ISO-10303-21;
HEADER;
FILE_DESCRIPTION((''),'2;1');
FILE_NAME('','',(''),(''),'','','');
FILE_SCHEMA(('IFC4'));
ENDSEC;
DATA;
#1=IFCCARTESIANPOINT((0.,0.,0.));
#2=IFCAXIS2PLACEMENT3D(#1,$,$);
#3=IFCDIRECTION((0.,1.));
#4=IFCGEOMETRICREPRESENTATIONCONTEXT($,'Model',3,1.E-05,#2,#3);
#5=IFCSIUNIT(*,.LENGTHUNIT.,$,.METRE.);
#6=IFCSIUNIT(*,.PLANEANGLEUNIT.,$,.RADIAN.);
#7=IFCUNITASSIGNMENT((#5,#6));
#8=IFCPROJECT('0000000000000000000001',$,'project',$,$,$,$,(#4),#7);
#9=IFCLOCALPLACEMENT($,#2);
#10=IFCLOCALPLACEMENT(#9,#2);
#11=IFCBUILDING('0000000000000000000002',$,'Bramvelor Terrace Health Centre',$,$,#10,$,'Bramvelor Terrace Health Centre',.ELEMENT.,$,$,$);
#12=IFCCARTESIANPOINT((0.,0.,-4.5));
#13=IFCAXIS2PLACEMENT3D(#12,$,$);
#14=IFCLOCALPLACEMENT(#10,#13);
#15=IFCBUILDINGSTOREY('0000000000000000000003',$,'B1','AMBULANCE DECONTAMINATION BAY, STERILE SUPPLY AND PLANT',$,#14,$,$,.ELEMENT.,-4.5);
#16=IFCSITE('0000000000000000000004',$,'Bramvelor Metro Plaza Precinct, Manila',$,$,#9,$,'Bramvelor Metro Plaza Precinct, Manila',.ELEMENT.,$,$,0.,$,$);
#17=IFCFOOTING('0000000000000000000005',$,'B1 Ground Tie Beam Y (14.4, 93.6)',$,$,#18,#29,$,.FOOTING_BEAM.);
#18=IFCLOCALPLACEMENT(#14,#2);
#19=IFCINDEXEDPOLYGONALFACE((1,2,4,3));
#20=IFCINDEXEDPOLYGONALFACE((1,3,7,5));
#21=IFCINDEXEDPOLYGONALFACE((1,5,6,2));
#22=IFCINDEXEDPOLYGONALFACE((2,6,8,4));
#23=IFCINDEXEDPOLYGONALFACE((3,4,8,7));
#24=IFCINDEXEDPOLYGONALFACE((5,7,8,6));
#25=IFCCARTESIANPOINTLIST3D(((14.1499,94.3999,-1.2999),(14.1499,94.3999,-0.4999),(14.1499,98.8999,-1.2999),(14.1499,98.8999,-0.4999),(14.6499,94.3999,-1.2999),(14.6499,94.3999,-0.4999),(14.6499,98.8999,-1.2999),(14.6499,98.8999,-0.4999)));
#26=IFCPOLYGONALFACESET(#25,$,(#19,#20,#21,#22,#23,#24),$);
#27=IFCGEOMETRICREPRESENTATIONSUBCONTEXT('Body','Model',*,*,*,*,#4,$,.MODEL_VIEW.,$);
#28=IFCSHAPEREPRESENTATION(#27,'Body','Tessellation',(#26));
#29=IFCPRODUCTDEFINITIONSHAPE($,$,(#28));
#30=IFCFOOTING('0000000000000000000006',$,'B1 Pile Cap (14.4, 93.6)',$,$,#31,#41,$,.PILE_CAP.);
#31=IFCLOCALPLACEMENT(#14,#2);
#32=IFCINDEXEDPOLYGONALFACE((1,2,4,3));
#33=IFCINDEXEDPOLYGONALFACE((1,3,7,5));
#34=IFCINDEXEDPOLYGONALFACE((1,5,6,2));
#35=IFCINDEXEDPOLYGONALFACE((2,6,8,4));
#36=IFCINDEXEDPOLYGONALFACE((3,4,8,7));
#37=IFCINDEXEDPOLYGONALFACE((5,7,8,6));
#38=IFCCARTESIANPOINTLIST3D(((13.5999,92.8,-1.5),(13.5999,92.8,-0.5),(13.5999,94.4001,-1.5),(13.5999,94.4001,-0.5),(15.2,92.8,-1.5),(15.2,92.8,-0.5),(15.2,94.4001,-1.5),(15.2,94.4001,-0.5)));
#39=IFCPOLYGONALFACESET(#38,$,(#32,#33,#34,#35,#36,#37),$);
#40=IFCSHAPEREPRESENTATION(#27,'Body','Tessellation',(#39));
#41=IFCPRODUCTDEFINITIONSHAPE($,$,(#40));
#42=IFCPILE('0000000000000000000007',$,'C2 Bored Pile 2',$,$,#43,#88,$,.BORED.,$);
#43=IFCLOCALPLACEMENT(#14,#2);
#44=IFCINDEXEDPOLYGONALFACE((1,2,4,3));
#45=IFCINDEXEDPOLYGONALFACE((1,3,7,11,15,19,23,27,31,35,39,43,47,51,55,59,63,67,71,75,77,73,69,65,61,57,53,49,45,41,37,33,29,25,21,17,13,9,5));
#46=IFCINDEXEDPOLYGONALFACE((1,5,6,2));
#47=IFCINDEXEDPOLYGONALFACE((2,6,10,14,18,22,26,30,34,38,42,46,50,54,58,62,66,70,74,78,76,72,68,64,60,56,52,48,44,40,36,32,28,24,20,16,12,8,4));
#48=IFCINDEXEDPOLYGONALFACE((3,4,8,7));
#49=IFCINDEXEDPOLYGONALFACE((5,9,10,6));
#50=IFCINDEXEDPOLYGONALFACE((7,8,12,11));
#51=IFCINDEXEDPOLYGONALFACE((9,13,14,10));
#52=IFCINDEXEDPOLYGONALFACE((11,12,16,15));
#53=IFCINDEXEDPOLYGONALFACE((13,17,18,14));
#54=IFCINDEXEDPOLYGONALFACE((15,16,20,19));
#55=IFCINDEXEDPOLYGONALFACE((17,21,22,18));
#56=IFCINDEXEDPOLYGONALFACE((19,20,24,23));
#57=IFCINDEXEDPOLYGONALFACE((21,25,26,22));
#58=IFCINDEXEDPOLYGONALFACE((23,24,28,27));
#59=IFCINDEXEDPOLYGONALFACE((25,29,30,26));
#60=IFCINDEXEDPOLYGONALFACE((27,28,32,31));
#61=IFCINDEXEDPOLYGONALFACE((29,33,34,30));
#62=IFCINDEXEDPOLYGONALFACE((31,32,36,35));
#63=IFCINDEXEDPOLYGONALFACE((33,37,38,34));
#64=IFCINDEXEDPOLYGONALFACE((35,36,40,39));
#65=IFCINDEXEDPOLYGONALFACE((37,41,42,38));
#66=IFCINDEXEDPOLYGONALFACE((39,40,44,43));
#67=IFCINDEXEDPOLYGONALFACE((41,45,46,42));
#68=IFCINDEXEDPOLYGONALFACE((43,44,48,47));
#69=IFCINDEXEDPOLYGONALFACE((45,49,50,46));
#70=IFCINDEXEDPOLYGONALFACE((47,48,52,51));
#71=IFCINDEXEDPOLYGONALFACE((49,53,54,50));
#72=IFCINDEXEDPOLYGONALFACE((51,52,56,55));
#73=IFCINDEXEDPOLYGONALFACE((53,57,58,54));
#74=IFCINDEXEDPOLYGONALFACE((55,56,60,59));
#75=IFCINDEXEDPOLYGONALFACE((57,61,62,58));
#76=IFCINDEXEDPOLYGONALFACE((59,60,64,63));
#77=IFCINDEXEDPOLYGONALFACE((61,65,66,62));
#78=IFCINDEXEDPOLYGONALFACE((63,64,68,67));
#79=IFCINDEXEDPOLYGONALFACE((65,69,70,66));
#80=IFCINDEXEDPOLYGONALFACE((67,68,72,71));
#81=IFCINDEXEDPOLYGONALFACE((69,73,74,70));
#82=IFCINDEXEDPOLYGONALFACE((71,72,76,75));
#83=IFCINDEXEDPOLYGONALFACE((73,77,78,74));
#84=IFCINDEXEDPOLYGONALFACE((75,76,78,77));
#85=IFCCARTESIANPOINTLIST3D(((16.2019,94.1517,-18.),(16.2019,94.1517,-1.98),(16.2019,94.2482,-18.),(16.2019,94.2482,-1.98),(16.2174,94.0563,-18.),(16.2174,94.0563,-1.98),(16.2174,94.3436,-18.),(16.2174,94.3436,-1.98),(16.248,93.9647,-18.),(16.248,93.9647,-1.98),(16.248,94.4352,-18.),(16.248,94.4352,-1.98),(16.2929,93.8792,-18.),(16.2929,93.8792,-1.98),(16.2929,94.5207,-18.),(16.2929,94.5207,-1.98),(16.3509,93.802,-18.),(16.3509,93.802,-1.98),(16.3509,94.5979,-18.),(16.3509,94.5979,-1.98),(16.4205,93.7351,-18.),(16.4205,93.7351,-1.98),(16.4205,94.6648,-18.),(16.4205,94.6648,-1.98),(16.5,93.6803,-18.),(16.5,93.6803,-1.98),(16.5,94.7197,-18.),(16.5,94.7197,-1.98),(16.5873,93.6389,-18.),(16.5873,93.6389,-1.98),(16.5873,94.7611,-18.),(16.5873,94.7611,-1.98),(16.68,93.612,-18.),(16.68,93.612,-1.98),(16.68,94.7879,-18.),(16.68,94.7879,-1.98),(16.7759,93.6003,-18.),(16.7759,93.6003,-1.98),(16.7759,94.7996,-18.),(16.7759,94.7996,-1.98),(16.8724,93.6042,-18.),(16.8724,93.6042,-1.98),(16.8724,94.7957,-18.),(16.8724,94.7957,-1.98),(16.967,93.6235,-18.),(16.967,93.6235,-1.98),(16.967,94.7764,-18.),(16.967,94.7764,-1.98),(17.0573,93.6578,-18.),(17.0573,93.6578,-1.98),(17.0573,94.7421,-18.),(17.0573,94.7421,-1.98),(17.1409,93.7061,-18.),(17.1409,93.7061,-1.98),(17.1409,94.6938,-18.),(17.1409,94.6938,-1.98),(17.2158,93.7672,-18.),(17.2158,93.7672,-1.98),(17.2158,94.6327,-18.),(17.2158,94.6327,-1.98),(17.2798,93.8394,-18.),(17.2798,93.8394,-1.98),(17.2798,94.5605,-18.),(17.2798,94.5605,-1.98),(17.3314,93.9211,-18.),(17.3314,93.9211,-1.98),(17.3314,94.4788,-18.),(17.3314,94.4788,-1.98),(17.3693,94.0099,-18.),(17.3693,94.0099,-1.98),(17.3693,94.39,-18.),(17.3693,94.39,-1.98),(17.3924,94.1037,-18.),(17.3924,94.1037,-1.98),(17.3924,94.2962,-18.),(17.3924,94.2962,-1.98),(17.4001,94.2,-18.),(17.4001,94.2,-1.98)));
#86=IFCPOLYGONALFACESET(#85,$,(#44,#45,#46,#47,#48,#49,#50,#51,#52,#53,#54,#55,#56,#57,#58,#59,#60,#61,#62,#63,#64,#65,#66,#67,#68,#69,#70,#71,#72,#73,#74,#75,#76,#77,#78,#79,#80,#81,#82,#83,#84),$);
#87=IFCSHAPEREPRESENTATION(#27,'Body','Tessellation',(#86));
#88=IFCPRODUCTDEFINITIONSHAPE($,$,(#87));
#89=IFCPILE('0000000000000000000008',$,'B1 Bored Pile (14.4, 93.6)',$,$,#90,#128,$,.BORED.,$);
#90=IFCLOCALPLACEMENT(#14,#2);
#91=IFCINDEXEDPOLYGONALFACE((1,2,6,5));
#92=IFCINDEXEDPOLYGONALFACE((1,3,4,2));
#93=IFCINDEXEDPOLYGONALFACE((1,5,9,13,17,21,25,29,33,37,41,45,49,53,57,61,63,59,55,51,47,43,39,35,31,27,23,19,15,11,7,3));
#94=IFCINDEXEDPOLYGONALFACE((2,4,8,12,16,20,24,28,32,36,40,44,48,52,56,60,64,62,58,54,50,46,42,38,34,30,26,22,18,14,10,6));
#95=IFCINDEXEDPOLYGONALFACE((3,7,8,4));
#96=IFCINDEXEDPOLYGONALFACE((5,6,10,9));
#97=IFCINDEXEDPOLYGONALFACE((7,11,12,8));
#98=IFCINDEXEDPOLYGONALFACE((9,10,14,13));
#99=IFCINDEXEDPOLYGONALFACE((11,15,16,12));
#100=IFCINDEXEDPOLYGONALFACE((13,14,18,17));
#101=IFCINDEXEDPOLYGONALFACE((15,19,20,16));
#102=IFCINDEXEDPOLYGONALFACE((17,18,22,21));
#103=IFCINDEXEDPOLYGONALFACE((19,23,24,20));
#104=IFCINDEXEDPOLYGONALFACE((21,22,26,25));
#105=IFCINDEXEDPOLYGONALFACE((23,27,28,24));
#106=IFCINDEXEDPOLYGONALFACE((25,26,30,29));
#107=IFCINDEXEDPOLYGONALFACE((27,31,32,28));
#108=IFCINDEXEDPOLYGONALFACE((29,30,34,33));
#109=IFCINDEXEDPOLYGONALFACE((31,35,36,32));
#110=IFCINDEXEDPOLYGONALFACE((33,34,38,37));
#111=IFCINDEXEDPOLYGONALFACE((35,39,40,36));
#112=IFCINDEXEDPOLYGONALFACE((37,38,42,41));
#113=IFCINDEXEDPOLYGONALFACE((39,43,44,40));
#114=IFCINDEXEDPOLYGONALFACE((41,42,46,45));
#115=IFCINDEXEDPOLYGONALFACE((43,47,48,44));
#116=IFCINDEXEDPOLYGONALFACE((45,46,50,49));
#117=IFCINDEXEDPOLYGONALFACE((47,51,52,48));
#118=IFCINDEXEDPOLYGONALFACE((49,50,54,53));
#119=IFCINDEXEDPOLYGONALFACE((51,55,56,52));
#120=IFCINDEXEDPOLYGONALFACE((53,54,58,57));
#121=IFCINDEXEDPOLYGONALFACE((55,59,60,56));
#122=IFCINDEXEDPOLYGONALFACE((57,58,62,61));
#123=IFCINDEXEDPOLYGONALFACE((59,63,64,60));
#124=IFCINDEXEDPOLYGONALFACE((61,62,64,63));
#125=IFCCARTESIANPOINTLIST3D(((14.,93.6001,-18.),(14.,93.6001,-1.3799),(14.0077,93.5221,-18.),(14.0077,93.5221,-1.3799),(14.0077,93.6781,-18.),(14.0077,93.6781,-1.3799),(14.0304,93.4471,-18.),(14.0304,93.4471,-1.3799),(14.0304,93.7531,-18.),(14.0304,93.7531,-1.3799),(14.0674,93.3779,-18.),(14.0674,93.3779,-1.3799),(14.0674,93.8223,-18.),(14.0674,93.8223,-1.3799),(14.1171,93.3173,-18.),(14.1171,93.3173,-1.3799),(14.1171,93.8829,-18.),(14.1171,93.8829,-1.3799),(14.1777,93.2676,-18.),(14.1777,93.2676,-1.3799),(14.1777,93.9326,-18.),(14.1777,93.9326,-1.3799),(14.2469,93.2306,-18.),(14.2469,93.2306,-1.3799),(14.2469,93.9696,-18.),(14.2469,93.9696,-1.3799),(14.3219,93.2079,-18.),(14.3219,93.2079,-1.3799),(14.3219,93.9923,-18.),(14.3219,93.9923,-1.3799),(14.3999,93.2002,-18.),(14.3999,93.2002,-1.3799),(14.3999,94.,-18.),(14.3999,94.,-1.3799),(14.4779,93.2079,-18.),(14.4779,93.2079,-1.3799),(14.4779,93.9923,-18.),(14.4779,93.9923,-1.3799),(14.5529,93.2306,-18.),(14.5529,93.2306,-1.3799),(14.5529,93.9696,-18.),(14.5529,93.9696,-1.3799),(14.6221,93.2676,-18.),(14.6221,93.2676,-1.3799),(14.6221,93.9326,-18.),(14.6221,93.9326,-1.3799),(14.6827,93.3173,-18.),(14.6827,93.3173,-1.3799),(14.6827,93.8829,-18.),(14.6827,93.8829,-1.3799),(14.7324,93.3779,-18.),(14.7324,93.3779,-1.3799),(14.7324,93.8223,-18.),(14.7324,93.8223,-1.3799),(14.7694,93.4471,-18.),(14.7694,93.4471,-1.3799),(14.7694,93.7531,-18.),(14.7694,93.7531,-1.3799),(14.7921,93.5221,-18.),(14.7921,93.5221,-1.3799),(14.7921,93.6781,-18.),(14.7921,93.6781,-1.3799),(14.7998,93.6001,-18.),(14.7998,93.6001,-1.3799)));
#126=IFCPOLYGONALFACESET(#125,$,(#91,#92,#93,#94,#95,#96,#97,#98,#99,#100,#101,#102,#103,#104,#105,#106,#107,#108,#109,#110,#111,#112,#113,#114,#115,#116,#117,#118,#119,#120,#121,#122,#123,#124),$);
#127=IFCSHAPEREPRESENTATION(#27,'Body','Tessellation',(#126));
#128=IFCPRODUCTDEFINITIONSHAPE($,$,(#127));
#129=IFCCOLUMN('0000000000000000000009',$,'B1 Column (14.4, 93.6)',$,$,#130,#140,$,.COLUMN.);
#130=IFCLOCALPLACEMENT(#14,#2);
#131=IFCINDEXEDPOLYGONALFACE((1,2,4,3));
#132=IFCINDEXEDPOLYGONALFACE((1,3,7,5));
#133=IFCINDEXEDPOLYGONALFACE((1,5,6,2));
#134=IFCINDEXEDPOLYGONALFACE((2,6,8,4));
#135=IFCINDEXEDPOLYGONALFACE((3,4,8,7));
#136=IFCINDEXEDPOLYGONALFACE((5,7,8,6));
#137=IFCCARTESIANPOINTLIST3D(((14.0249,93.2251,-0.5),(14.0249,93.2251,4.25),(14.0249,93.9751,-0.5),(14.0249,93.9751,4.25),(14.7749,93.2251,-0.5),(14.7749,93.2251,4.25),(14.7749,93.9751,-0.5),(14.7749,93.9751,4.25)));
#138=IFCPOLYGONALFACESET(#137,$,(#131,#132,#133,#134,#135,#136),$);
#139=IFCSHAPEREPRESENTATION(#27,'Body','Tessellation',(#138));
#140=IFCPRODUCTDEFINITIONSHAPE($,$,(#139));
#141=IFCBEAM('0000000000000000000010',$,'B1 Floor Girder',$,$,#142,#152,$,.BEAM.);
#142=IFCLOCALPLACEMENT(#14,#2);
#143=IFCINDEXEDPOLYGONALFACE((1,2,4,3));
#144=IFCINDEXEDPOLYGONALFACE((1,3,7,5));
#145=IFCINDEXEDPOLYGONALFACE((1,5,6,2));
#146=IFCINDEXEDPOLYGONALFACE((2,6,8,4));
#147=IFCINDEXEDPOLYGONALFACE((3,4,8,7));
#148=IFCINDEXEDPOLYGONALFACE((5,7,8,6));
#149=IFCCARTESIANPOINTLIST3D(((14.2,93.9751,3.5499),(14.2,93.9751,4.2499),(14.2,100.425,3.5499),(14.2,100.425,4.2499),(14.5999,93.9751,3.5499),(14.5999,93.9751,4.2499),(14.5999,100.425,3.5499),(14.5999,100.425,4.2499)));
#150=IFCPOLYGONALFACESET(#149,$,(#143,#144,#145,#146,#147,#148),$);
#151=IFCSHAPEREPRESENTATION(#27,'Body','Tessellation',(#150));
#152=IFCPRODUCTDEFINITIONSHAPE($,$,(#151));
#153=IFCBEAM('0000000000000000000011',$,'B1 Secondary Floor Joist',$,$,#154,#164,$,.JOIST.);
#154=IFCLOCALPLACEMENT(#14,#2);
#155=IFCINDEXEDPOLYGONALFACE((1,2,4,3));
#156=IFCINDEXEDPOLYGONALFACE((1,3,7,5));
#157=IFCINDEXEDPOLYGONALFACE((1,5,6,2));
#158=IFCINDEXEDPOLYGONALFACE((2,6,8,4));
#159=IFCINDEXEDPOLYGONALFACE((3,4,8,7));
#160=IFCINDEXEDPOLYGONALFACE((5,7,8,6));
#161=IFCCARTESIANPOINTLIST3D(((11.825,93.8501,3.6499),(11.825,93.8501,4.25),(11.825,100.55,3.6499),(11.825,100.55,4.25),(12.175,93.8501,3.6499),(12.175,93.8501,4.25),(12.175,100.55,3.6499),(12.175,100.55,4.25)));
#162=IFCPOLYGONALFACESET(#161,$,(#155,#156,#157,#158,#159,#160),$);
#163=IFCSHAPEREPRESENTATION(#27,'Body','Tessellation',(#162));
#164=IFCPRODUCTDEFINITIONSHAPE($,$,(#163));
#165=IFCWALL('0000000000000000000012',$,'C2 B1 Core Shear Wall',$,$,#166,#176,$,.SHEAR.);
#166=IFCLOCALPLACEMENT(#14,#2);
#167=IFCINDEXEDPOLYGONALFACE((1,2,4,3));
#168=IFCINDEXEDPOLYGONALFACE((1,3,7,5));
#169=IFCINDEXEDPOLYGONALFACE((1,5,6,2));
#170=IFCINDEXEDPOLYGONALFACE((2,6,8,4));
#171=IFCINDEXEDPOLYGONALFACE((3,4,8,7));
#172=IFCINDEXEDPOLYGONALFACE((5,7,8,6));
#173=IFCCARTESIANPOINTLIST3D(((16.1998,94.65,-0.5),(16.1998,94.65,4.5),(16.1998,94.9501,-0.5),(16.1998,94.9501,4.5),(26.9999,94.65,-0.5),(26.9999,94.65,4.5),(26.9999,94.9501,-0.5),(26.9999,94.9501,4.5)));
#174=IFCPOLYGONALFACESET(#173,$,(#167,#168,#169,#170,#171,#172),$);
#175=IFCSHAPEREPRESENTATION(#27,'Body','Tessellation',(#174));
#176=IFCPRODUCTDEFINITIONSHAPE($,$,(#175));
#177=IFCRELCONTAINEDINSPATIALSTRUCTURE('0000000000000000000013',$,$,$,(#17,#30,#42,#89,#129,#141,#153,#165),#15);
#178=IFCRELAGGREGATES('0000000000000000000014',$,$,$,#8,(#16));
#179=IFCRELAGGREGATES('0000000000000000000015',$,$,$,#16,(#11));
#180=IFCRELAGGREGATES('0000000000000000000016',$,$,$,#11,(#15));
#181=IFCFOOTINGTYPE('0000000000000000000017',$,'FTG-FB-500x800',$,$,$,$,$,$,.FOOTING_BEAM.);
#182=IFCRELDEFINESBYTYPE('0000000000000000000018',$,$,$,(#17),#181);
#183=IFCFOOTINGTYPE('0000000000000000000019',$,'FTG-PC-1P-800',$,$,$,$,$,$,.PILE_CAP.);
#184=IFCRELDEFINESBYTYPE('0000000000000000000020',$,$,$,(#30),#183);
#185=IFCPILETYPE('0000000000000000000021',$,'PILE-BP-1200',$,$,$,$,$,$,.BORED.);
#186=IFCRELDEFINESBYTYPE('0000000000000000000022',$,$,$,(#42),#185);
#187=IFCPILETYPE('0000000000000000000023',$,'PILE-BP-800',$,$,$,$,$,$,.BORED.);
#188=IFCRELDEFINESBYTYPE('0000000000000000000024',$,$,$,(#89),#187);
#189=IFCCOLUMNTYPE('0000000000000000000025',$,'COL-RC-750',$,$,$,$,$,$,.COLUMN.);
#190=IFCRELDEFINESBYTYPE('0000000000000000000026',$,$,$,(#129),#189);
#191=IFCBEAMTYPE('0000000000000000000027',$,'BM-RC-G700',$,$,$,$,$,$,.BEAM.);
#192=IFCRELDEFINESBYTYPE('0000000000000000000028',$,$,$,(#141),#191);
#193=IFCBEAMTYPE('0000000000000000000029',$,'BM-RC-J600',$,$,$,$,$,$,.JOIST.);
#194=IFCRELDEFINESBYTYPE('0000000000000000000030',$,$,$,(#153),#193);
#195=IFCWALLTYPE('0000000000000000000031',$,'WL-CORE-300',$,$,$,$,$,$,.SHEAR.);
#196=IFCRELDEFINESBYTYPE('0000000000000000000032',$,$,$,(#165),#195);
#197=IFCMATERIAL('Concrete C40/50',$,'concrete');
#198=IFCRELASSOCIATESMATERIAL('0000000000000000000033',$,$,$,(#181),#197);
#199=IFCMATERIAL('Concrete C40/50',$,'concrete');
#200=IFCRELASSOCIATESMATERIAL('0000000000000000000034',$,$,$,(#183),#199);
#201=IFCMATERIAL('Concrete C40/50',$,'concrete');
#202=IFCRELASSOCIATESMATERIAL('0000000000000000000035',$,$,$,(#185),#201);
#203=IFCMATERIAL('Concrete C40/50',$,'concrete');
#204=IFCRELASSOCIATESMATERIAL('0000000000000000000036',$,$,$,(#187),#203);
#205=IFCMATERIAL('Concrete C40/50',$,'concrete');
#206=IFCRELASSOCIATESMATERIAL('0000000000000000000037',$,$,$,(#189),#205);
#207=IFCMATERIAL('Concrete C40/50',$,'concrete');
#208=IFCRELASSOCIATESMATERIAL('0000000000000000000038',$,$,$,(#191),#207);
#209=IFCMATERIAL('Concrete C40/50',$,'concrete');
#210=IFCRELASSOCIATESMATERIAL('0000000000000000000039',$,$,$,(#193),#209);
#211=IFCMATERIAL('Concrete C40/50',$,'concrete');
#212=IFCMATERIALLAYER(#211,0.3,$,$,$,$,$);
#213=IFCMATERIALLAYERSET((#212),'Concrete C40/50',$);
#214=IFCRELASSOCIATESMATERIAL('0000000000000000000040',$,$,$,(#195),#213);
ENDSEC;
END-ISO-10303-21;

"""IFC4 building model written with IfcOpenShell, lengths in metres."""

from ifc_helpers import new_model, si_unit, direction, frame, frame_2d, origin, origin_2d, place, context, subcontext, project, spatial, rectangle, circle, extrude, material, layer, layer_set, material_profile, profile_set, type_object, element, save


model = new_model("IFC4")

# Units and contexts
model_context = context("Model", 3, precision=1e-05, world=origin(), true_north=direction((0.0, 1.0)))
body_context = subcontext(model_context, "Body", "Model", "MODEL_VIEW")
ifc_project = project(units=[si_unit("LENGTHUNIT", "METRE"), si_unit("PLANEANGLEUNIT", "RADIAN")], contexts=[model_context])

# Site, building, storey
site_placement = place(None, origin())
site = spatial("IfcSite", under=ifc_project, at=site_placement, Name="Bramvelor Metro Plaza Precinct, Manila", LongName="Bramvelor Metro Plaza Precinct, Manila", CompositionType="ELEMENT", RefElevation=0.0)
building_placement = place(site_placement, origin())
building = spatial("IfcBuilding", under=site, at=building_placement, Name="Bramvelor Terrace Health Centre", LongName="Bramvelor Terrace Health Centre", CompositionType="ELEMENT")
storey_placement = place(building_placement, frame((0.0, 0.0, -4.5)))
storey = spatial("IfcBuildingStorey", under=building, at=storey_placement, Name="B1", Description="AMBULANCE DECONTAMINATION BAY, STERILE SUPPLY AND PLANT", CompositionType="ELEMENT", Elevation=-4.5)

# Footings
ifc_material_1 = material(Name="Concrete C40/50", Category="concrete")
ifc_material_profile_1 = material_profile(ifc_material_1, rectangle(XDim=0.5, YDim=0.8, at=origin_2d()), Name="RC 500x800")
ifc_profile_set_1 = profile_set([ifc_material_profile_1], Name="Concrete C40/50")
footing_type_1 = type_object("IfcFootingType", Name="FTG-FB-500x800", PredefinedType="FOOTING_BEAM", material=ifc_profile_set_1)
footing_1_placement = place(storey_placement, frame((14.3999, 94.3999, -0.8999), z_axis=(0.0, 1.0, 0.0), x_axis=(-1.0, 0.0, 0.0)))
element("IfcFooting", 1, at=footing_1_placement, inside=storey, type_object=footing_type_1, Name="B1 Ground Tie Beam Y (14.4, 93.6)", PredefinedType="FOOTING_BEAM", context=body_context, shape_type="SweptSolid", body=[
    extrude(rectangle(XDim=0.5, YDim=0.8, at=origin_2d()), origin(), (0.0, 0.0, 1.0), 4.5),
])
ifc_material_2 = material(Name="Concrete C40/50", Category="concrete")
footing_type_2 = type_object("IfcFootingType", Name="FTG-PC-1P-800", PredefinedType="PILE_CAP", material=ifc_material_2)
footing_2_placement = place(storey_placement, frame((14.3999, 93.6001, -1.5), z_axis=(0.0, 0.0, 1.0), x_axis=(1.0, 0.0, 0.0)))
element("IfcFooting", 2, at=footing_2_placement, inside=storey, type_object=footing_type_2, Name="B1 Pile Cap (14.4, 93.6)", PredefinedType="PILE_CAP", context=body_context, shape_type="SweptSolid", body=[
    extrude(rectangle(XDim=1.6001, YDim=1.6001, at=origin_2d()), origin(), (0.0, 0.0, 1.0), 1.0),
])

# Piles
ifc_material_3 = material(Name="Concrete C40/50", Category="concrete")
ifc_material_profile_2 = material_profile(ifc_material_3, circle(Radius=0.6001, at=origin_2d()), Name="BP D1200")
ifc_profile_set_2 = profile_set([ifc_material_profile_2], Name="Concrete C40/50")
pile_type_1 = type_object("IfcPileType", Name="PILE-BP-1200", PredefinedType="BORED", material=ifc_profile_set_2)
pile_1_placement = place(storey_placement, frame((16.8, 94.2, -1.98), z_axis=(0.0, 0.0, -1.0), x_axis=(1.0, 0.0, 0.0)))
element("IfcPile", 3, at=pile_1_placement, inside=storey, type_object=pile_type_1, Name="C2 Bored Pile 2", PredefinedType="BORED", context=body_context, shape_type="SweptSolid", body=[
    extrude(circle(Radius=0.6001, at=origin_2d()), origin(), (0.0, 0.0, 1.0), 16.02),
])
ifc_material_4 = material(Name="Concrete C40/50", Category="concrete")
ifc_material_profile_3 = material_profile(ifc_material_4, circle(Radius=0.3999, at=origin_2d()), Name="BP D800")
ifc_profile_set_3 = profile_set([ifc_material_profile_3], Name="Concrete C40/50")
pile_type_2 = type_object("IfcPileType", Name="PILE-BP-800", PredefinedType="BORED", material=ifc_profile_set_3)
pile_2_placement = place(storey_placement, frame((14.3999, 93.6001, -1.3799), z_axis=(0.0, 0.0, -1.0), x_axis=(1.0, 0.0, 0.0)))
element("IfcPile", 4, at=pile_2_placement, inside=storey, type_object=pile_type_2, Name="B1 Bored Pile (14.4, 93.6)", PredefinedType="BORED", context=body_context, shape_type="SweptSolid", body=[
    extrude(circle(Radius=0.3999, at=origin_2d()), origin(), (0.0, 0.0, 1.0), 16.6201),
])

# Column
ifc_material_5 = material(Name="Concrete C40/50", Category="concrete")
ifc_material_profile_4 = material_profile(ifc_material_5, rectangle(XDim=0.75, YDim=0.75, at=origin_2d()), Name="RC 750x750")
ifc_profile_set_4 = profile_set([ifc_material_profile_4], Name="Concrete C40/50")
column_type = type_object("IfcColumnType", Name="COL-RC-750", PredefinedType="COLUMN", material=ifc_profile_set_4)
column_placement = place(storey_placement, frame((14.3999, 93.6001, -0.5), z_axis=(0.0, 0.0, 1.0), x_axis=(1.0, 0.0, 0.0)))
element("IfcColumn", 5, at=column_placement, inside=storey, type_object=column_type, Name="B1 Column (14.4, 93.6)", PredefinedType="COLUMN", context=body_context, shape_type="SweptSolid", body=[
    extrude(rectangle(XDim=0.75, YDim=0.75, at=origin_2d()), origin(), (0.0, 0.0, 1.0), 4.75),
])

# Beams
ifc_material_6 = material(Name="Concrete C40/50", Category="concrete")
ifc_material_profile_5 = material_profile(ifc_material_6, rectangle(XDim=0.3999, YDim=0.7, at=origin_2d()), Name="RC 400x700")
ifc_profile_set_5 = profile_set([ifc_material_profile_5], Name="Concrete C40/50")
beam_type_1 = type_object("IfcBeamType", Name="BM-RC-G700", PredefinedType="BEAM", material=ifc_profile_set_5)
beam_1_placement = place(storey_placement, frame((14.3999, 93.9751, 3.8999), z_axis=(0.0, 1.0, 0.0), x_axis=(-1.0, 0.0, 0.0)))
element("IfcBeam", 6, at=beam_1_placement, inside=storey, type_object=beam_type_1, Name="B1 Floor Girder", PredefinedType="BEAM", context=body_context, shape_type="SweptSolid", body=[
    extrude(rectangle(XDim=0.3999, YDim=0.7, at=origin_2d()), origin(), (0.0, 0.0, 1.0), 6.45),
])
ifc_material_7 = material(Name="Concrete C40/50", Category="concrete")
ifc_material_profile_6 = material_profile(ifc_material_7, rectangle(XDim=0.3501, YDim=0.6001, at=origin_2d()), Name="RC 350x600")
ifc_profile_set_6 = profile_set([ifc_material_profile_6], Name="Concrete C40/50")
beam_type_2 = type_object("IfcBeamType", Name="BM-RC-J600", PredefinedType="JOIST", material=ifc_profile_set_6)
beam_2_placement = place(storey_placement, frame((12.0, 93.8501, 3.95), z_axis=(0.0, 1.0, 0.0), x_axis=(-1.0, 0.0, 0.0)))
element("IfcBeam", 7, at=beam_2_placement, inside=storey, type_object=beam_type_2, Name="B1 Secondary Floor Joist", PredefinedType="JOIST", context=body_context, shape_type="SweptSolid", body=[
    extrude(rectangle(XDim=0.3501, YDim=0.6001, at=origin_2d()), origin(), (0.0, 0.0, 1.0), 6.7),
])

# Wall
ifc_material_8 = material(Name="Concrete C40/50", Category="concrete")
ifc_layer_1 = layer(ifc_material_8, 0.3)
ifc_layer_set_1 = layer_set([ifc_layer_1], Name="Concrete C40/50")
wall_type_1 = type_object("IfcWallType", Name="WL-CORE-300", PredefinedType="SHEAR", material=ifc_layer_set_1)
wall_1_placement = place(storey_placement, frame((16.2, 94.8, -0.5), z_axis=(0.0, 0.0, 1.0), x_axis=(1.0, 0.0, 0.0)))
element("IfcWall", 8, at=wall_1_placement, inside=storey, type_object=wall_type_1, Name="C2 B1 Core Shear Wall", PredefinedType="SHEAR", context=body_context, shape_type="SweptSolid", body=[
    extrude(rectangle(XDim=10.8, YDim=0.3, at=frame_2d((5.3999, 0.0))), origin(), (0.0, 0.0, 1.0), 5.0),
])

save(model, "model.ifc")
